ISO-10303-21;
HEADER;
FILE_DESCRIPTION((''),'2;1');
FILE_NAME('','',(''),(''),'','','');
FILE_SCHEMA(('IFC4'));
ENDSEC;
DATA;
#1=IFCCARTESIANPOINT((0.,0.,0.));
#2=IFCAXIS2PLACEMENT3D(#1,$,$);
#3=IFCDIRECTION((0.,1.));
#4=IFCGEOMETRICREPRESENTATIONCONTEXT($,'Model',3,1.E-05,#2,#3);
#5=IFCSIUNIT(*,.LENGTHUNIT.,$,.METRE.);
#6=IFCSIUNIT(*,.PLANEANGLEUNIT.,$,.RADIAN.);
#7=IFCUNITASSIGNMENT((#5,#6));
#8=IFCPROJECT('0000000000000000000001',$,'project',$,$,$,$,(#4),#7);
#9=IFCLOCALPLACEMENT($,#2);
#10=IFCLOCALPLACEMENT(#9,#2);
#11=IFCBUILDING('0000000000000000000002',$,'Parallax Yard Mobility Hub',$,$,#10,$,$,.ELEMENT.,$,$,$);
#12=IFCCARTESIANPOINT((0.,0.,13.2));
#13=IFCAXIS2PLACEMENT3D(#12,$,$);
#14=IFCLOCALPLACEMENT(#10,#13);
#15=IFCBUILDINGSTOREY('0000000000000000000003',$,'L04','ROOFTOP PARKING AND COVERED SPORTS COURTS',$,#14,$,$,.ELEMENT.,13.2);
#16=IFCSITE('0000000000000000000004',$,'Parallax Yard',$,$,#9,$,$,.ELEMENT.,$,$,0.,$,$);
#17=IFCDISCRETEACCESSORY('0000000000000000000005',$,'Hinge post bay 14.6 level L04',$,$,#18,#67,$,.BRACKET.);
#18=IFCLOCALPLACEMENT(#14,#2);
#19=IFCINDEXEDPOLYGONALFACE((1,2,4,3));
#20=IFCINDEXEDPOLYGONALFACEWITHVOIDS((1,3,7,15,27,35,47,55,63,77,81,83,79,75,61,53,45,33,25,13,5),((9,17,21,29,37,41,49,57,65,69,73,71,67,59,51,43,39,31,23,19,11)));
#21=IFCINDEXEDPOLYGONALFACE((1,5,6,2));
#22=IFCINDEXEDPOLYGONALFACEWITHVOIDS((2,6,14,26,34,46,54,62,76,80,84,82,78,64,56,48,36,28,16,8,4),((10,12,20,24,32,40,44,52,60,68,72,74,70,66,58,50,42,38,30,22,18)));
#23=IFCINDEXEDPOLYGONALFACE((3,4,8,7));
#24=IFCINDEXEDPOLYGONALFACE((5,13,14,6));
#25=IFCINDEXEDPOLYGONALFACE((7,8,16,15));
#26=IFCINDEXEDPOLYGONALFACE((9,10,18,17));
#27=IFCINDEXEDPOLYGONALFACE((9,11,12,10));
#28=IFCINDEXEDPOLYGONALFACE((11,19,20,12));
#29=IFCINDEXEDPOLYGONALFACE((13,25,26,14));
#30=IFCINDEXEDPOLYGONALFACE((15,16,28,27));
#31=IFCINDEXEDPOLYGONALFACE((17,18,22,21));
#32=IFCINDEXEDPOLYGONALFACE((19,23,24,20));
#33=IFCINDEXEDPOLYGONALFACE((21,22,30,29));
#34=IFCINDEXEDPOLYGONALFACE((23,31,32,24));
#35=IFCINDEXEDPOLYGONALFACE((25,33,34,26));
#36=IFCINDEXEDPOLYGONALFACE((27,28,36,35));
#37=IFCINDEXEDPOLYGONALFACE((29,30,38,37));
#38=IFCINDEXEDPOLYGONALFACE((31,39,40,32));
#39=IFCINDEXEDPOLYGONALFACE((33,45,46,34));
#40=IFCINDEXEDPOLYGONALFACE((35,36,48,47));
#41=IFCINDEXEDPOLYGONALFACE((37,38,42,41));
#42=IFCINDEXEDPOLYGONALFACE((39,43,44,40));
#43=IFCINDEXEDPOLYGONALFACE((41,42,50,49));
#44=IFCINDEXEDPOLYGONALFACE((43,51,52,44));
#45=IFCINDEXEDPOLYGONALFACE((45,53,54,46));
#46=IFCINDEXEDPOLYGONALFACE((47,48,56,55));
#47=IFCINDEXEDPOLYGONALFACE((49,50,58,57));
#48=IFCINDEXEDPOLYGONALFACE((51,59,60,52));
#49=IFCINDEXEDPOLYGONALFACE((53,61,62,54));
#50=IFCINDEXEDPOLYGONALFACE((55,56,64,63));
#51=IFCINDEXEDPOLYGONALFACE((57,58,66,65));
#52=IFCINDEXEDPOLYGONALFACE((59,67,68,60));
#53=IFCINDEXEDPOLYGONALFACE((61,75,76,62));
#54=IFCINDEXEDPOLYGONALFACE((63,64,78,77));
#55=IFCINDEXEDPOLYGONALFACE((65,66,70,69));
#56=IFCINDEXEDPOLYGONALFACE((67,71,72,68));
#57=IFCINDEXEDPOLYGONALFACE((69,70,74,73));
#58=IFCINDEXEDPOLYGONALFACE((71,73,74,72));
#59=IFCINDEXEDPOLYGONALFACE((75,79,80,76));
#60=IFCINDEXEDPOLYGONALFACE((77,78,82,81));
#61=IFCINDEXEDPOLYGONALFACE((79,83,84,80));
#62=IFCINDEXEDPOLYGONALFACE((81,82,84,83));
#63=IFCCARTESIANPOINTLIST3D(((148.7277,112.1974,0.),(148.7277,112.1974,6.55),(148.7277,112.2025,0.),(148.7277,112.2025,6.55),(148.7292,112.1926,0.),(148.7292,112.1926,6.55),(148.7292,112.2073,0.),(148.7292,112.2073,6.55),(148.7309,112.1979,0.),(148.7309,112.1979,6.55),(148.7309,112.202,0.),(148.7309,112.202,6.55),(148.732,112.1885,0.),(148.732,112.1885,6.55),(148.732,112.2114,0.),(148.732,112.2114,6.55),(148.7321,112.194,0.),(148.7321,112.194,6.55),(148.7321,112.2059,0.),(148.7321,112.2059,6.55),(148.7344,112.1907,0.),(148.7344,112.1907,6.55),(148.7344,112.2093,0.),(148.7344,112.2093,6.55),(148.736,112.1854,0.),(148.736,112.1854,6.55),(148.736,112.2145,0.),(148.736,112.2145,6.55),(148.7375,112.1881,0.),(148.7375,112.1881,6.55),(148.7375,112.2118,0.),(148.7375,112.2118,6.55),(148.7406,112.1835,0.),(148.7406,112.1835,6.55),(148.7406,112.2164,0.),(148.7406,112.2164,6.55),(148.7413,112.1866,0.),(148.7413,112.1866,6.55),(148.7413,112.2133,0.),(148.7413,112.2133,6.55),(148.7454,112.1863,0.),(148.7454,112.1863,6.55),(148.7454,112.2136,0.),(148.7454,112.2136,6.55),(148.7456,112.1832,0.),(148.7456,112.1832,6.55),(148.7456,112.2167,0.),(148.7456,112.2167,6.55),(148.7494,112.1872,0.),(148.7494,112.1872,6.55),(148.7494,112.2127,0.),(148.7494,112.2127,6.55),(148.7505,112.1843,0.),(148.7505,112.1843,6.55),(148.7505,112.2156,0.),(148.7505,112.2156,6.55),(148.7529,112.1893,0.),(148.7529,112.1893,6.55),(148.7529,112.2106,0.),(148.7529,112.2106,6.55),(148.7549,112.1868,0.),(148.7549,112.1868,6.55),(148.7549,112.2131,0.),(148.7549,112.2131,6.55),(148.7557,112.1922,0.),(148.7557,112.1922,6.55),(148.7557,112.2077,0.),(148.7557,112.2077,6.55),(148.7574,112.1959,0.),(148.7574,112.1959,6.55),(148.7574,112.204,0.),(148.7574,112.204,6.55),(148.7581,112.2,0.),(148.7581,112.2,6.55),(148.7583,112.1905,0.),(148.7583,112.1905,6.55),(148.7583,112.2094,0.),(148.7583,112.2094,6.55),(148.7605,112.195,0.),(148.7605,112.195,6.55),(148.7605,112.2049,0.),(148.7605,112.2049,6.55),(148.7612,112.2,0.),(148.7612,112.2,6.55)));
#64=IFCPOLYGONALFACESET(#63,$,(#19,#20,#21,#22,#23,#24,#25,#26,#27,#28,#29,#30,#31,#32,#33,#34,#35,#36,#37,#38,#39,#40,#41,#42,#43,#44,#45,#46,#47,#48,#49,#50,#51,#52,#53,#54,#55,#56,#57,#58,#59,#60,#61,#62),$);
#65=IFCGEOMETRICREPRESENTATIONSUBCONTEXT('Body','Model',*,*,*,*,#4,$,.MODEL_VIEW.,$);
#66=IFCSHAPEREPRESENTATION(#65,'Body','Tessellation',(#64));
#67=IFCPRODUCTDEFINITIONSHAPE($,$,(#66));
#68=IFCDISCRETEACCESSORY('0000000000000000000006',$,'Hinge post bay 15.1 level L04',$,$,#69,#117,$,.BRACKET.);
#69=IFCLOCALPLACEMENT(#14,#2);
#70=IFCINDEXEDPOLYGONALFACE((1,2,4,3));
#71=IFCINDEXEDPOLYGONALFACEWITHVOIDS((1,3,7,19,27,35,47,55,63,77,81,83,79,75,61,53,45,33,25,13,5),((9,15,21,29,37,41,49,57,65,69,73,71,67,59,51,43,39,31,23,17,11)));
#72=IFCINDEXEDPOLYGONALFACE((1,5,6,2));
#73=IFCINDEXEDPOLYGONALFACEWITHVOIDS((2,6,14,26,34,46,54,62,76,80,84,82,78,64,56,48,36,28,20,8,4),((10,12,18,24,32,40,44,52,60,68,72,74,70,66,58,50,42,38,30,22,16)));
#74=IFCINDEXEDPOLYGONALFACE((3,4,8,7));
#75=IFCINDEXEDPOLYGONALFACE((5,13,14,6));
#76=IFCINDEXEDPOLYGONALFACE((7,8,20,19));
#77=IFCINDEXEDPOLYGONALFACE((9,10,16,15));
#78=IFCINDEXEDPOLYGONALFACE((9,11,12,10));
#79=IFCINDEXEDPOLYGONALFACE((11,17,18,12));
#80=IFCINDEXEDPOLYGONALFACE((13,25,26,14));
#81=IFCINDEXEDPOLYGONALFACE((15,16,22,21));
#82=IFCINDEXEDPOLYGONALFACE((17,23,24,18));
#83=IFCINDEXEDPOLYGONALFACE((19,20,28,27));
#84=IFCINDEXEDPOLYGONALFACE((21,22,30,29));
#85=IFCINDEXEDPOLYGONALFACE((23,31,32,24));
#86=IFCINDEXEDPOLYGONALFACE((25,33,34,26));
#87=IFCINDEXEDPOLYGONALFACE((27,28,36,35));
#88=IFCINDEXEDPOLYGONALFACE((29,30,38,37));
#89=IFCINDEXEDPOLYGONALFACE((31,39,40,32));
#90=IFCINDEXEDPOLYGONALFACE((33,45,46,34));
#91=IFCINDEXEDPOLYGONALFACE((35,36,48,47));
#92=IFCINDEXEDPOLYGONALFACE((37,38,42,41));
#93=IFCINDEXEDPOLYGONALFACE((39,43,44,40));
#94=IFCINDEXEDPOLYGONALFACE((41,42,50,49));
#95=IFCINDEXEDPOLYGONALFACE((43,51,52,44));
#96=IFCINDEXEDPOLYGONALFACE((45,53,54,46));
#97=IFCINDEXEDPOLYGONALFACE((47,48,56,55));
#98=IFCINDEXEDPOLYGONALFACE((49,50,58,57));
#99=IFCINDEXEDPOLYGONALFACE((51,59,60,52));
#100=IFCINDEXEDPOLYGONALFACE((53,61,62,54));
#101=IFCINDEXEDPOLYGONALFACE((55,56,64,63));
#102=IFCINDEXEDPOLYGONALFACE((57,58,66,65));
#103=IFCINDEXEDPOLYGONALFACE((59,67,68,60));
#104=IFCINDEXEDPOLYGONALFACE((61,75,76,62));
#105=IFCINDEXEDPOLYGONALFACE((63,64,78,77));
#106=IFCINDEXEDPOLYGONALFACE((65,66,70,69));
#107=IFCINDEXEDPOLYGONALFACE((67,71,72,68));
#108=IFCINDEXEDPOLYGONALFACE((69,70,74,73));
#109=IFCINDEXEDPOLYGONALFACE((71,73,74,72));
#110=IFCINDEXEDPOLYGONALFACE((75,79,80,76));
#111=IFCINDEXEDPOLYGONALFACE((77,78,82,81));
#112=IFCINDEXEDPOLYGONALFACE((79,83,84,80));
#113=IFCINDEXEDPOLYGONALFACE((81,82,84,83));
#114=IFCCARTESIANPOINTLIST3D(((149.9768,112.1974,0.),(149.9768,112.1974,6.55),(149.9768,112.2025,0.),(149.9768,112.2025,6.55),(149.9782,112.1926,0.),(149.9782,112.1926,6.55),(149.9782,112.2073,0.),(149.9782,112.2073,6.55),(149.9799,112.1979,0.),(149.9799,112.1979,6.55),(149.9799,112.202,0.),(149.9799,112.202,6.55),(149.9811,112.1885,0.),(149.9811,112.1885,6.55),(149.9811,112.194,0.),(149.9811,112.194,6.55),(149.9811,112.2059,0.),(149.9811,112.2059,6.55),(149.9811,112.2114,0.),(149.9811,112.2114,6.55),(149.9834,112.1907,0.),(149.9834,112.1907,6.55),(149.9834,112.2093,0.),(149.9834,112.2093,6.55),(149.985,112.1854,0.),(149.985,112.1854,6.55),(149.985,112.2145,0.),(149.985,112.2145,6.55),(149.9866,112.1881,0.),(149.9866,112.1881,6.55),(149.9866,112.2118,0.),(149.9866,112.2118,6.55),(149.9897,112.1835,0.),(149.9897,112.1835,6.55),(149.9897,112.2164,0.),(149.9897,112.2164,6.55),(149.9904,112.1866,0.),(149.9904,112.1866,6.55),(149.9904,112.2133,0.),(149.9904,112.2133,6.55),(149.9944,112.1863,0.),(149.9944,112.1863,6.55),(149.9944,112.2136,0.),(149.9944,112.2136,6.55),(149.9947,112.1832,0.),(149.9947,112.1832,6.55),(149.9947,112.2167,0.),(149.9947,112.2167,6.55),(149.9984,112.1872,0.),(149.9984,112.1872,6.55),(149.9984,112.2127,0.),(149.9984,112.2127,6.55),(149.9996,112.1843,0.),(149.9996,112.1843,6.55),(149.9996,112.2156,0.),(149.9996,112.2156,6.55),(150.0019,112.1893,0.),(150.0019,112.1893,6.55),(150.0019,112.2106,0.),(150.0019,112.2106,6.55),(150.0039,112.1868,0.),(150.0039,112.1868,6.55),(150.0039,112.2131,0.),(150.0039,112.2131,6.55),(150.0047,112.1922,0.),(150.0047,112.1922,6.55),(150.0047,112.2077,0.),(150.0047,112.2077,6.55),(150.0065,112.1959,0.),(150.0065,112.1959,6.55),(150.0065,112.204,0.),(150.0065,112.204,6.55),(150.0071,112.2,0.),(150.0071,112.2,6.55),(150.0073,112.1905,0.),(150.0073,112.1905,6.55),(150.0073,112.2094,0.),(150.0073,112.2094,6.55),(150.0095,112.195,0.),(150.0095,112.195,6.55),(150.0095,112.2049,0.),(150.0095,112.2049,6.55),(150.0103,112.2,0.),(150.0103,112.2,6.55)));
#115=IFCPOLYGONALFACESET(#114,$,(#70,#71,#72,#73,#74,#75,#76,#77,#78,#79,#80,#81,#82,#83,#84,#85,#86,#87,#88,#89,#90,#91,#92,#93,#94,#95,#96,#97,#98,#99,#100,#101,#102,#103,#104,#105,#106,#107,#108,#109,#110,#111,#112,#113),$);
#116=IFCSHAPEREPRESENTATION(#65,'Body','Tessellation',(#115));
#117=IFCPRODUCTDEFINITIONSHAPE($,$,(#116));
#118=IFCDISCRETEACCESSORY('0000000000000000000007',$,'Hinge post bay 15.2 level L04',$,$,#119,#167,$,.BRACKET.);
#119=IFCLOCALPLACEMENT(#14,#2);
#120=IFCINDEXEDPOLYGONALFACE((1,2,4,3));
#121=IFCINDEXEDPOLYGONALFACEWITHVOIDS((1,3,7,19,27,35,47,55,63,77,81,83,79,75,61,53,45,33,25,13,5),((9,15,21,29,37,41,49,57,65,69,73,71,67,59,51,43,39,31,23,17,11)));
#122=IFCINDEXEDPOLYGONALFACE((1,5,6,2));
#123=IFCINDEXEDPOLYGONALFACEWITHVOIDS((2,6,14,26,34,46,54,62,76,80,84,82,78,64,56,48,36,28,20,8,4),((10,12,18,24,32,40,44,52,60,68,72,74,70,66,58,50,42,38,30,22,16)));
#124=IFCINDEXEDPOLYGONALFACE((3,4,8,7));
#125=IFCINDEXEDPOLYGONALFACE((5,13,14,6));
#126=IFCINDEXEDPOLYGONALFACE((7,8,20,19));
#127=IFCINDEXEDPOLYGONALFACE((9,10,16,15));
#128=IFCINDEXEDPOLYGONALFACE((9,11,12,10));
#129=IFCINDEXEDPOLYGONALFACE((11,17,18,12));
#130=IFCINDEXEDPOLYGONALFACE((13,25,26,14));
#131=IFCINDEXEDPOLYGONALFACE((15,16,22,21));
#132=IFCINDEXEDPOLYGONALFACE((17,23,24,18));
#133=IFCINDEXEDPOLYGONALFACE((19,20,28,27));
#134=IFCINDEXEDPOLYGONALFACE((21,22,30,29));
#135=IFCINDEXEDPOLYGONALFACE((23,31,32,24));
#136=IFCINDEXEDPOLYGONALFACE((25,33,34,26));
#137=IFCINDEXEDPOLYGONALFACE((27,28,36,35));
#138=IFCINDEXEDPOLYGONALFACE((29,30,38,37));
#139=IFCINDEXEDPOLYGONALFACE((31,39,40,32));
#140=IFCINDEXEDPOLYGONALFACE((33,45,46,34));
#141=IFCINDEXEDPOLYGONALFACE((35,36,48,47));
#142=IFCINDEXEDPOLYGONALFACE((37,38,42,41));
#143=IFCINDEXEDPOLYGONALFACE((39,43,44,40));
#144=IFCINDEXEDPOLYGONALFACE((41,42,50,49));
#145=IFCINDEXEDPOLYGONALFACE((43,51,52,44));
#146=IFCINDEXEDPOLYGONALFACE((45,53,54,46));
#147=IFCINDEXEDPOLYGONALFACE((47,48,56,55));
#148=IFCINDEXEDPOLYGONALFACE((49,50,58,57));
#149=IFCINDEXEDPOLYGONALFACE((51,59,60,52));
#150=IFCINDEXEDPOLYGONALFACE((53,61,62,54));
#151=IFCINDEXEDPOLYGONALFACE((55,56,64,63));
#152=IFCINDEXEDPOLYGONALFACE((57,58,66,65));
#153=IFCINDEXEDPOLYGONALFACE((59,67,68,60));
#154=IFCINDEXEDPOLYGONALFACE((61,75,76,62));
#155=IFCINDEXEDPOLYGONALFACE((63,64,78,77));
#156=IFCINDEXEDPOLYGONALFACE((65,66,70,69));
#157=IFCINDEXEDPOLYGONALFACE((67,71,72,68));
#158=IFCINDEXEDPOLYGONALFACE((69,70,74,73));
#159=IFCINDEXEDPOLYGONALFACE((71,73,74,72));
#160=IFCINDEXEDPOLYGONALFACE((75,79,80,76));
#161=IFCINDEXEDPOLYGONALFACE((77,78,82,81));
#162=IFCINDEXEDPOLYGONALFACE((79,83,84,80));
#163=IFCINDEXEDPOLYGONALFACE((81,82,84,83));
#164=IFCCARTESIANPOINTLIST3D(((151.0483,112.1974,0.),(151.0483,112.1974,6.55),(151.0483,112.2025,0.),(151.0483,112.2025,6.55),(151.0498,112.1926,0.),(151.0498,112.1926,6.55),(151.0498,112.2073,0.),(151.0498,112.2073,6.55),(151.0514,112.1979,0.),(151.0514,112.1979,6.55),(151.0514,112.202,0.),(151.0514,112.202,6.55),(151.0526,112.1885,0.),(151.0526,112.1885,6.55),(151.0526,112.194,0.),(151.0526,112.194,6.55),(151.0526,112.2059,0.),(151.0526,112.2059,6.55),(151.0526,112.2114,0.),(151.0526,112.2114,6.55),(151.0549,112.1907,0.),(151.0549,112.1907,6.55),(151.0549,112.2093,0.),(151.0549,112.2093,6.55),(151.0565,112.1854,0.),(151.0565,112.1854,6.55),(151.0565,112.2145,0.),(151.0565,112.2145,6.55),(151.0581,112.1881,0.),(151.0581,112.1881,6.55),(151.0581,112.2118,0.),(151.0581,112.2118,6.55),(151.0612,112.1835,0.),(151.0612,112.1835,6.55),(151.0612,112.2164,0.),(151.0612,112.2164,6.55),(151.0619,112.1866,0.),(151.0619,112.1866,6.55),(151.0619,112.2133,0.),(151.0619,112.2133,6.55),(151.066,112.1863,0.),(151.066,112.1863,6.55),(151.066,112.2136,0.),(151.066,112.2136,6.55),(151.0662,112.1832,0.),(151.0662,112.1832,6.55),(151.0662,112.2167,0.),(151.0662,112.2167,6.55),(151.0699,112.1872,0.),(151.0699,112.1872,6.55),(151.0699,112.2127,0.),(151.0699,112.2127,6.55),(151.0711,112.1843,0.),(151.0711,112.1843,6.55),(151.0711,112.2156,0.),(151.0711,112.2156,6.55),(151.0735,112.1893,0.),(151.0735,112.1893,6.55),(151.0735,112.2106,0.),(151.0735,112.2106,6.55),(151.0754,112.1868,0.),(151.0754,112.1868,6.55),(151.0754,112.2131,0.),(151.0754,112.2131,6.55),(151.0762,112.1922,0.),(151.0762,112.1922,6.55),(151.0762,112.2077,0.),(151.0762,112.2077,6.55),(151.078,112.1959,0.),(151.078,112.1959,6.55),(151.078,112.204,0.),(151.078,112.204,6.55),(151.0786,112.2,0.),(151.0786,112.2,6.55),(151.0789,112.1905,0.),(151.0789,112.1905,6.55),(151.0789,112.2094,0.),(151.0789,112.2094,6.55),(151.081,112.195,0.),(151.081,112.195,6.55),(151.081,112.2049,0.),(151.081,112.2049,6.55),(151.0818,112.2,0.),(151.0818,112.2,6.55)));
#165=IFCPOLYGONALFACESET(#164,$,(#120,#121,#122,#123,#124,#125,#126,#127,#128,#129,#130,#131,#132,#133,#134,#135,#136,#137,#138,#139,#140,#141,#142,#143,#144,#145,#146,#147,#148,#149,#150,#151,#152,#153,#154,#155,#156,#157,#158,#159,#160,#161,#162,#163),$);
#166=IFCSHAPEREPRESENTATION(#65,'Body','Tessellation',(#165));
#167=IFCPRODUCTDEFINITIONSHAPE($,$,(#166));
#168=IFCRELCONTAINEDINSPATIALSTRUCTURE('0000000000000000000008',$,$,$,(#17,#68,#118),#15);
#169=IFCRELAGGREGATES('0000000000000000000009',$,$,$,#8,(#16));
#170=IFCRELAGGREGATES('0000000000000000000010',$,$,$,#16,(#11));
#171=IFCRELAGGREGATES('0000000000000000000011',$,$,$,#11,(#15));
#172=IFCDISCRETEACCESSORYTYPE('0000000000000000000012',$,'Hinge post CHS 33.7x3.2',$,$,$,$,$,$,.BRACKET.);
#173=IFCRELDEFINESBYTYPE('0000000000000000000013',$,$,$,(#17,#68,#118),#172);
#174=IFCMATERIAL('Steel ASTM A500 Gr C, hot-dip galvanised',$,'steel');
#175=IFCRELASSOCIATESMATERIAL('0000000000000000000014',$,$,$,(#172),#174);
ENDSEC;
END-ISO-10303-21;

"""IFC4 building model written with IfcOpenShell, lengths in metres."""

from ifc_helpers import new_model, si_unit, direction, frame, origin, origin_2d, place, context, subcontext, project, spatial, hollow_circle, extrude, material, material_profile, profile_set, type_object, element, save


model = new_model("IFC4")

# Units and contexts
model_context = context("Model", 3, precision=1e-05, world=origin(), true_north=direction((0.0, 1.0)))
body_context = subcontext(model_context, "Body", "Model", "MODEL_VIEW")
ifc_project = project(units=[si_unit("LENGTHUNIT", "METRE"), si_unit("PLANEANGLEUNIT", "RADIAN")], contexts=[model_context])

# Site, building, storey
site_placement = place(None, origin())
site = spatial("IfcSite", under=ifc_project, at=site_placement, Name="Parallax Yard", CompositionType="ELEMENT", RefElevation=0.0)
building_placement = place(site_placement, origin())
building = spatial("IfcBuilding", under=site, at=building_placement, Name="Parallax Yard Mobility Hub", CompositionType="ELEMENT")
storey_placement = place(building_placement, frame((0.0, 0.0, 13.2)))
storey = spatial("IfcBuildingStorey", under=building, at=storey_placement, Name="L04", Description="ROOFTOP PARKING AND COVERED SPORTS COURTS", CompositionType="ELEMENT", Elevation=13.2)

# Discrete accessories
ifc_material_1 = material(Name="Steel ASTM A500 Gr C, hot-dip galvanised", Category="steel")
ifc_material_profile = material_profile(ifc_material_1, hollow_circle(Radius=0.0168, WallThickness=0.0032, at=origin_2d()), Name="CHS 33.7x3.2")
ifc_profile_set = profile_set([ifc_material_profile], Name="Steel ASTM A500 Gr C, hot-dip galvanised")
discrete_accessory_type_1 = type_object("IfcDiscreteAccessoryType", Name="Hinge post CHS 33.7x3.2", PredefinedType="BRACKET", material=ifc_profile_set)
for number, where, z_axis, x_axis, name in (
    (1, (148.7444, 112.2, 0.0), (0.0, 0.0, 1.0), (1.0, 0.0, 0.0), "Hinge post bay 14.6 level L04"),
    (2, (149.9934, 112.2, 0.0), (0.0, 0.0, 1.0), (1.0, 0.0, 0.0), "Hinge post bay 15.1 level L04"),
    (3, (151.0649, 112.2, 0.0), (0.0, 0.0, 1.0), (1.0, 0.0, 0.0), "Hinge post bay 15.2 level L04"),
):
    element("IfcDiscreteAccessory", number, at=place(storey_placement, frame(where, z_axis=z_axis, x_axis=x_axis)), inside=storey, type_object=discrete_accessory_type_1, Name=name, PredefinedType="BRACKET", context=body_context, shape_type="SweptSolid", body=[
        extrude(hollow_circle(Radius=0.0168, WallThickness=0.0032, at=origin_2d()), origin(), (0.0, 0.0, 1.0), 6.55),
    ])

save(model, "model.ifc")
